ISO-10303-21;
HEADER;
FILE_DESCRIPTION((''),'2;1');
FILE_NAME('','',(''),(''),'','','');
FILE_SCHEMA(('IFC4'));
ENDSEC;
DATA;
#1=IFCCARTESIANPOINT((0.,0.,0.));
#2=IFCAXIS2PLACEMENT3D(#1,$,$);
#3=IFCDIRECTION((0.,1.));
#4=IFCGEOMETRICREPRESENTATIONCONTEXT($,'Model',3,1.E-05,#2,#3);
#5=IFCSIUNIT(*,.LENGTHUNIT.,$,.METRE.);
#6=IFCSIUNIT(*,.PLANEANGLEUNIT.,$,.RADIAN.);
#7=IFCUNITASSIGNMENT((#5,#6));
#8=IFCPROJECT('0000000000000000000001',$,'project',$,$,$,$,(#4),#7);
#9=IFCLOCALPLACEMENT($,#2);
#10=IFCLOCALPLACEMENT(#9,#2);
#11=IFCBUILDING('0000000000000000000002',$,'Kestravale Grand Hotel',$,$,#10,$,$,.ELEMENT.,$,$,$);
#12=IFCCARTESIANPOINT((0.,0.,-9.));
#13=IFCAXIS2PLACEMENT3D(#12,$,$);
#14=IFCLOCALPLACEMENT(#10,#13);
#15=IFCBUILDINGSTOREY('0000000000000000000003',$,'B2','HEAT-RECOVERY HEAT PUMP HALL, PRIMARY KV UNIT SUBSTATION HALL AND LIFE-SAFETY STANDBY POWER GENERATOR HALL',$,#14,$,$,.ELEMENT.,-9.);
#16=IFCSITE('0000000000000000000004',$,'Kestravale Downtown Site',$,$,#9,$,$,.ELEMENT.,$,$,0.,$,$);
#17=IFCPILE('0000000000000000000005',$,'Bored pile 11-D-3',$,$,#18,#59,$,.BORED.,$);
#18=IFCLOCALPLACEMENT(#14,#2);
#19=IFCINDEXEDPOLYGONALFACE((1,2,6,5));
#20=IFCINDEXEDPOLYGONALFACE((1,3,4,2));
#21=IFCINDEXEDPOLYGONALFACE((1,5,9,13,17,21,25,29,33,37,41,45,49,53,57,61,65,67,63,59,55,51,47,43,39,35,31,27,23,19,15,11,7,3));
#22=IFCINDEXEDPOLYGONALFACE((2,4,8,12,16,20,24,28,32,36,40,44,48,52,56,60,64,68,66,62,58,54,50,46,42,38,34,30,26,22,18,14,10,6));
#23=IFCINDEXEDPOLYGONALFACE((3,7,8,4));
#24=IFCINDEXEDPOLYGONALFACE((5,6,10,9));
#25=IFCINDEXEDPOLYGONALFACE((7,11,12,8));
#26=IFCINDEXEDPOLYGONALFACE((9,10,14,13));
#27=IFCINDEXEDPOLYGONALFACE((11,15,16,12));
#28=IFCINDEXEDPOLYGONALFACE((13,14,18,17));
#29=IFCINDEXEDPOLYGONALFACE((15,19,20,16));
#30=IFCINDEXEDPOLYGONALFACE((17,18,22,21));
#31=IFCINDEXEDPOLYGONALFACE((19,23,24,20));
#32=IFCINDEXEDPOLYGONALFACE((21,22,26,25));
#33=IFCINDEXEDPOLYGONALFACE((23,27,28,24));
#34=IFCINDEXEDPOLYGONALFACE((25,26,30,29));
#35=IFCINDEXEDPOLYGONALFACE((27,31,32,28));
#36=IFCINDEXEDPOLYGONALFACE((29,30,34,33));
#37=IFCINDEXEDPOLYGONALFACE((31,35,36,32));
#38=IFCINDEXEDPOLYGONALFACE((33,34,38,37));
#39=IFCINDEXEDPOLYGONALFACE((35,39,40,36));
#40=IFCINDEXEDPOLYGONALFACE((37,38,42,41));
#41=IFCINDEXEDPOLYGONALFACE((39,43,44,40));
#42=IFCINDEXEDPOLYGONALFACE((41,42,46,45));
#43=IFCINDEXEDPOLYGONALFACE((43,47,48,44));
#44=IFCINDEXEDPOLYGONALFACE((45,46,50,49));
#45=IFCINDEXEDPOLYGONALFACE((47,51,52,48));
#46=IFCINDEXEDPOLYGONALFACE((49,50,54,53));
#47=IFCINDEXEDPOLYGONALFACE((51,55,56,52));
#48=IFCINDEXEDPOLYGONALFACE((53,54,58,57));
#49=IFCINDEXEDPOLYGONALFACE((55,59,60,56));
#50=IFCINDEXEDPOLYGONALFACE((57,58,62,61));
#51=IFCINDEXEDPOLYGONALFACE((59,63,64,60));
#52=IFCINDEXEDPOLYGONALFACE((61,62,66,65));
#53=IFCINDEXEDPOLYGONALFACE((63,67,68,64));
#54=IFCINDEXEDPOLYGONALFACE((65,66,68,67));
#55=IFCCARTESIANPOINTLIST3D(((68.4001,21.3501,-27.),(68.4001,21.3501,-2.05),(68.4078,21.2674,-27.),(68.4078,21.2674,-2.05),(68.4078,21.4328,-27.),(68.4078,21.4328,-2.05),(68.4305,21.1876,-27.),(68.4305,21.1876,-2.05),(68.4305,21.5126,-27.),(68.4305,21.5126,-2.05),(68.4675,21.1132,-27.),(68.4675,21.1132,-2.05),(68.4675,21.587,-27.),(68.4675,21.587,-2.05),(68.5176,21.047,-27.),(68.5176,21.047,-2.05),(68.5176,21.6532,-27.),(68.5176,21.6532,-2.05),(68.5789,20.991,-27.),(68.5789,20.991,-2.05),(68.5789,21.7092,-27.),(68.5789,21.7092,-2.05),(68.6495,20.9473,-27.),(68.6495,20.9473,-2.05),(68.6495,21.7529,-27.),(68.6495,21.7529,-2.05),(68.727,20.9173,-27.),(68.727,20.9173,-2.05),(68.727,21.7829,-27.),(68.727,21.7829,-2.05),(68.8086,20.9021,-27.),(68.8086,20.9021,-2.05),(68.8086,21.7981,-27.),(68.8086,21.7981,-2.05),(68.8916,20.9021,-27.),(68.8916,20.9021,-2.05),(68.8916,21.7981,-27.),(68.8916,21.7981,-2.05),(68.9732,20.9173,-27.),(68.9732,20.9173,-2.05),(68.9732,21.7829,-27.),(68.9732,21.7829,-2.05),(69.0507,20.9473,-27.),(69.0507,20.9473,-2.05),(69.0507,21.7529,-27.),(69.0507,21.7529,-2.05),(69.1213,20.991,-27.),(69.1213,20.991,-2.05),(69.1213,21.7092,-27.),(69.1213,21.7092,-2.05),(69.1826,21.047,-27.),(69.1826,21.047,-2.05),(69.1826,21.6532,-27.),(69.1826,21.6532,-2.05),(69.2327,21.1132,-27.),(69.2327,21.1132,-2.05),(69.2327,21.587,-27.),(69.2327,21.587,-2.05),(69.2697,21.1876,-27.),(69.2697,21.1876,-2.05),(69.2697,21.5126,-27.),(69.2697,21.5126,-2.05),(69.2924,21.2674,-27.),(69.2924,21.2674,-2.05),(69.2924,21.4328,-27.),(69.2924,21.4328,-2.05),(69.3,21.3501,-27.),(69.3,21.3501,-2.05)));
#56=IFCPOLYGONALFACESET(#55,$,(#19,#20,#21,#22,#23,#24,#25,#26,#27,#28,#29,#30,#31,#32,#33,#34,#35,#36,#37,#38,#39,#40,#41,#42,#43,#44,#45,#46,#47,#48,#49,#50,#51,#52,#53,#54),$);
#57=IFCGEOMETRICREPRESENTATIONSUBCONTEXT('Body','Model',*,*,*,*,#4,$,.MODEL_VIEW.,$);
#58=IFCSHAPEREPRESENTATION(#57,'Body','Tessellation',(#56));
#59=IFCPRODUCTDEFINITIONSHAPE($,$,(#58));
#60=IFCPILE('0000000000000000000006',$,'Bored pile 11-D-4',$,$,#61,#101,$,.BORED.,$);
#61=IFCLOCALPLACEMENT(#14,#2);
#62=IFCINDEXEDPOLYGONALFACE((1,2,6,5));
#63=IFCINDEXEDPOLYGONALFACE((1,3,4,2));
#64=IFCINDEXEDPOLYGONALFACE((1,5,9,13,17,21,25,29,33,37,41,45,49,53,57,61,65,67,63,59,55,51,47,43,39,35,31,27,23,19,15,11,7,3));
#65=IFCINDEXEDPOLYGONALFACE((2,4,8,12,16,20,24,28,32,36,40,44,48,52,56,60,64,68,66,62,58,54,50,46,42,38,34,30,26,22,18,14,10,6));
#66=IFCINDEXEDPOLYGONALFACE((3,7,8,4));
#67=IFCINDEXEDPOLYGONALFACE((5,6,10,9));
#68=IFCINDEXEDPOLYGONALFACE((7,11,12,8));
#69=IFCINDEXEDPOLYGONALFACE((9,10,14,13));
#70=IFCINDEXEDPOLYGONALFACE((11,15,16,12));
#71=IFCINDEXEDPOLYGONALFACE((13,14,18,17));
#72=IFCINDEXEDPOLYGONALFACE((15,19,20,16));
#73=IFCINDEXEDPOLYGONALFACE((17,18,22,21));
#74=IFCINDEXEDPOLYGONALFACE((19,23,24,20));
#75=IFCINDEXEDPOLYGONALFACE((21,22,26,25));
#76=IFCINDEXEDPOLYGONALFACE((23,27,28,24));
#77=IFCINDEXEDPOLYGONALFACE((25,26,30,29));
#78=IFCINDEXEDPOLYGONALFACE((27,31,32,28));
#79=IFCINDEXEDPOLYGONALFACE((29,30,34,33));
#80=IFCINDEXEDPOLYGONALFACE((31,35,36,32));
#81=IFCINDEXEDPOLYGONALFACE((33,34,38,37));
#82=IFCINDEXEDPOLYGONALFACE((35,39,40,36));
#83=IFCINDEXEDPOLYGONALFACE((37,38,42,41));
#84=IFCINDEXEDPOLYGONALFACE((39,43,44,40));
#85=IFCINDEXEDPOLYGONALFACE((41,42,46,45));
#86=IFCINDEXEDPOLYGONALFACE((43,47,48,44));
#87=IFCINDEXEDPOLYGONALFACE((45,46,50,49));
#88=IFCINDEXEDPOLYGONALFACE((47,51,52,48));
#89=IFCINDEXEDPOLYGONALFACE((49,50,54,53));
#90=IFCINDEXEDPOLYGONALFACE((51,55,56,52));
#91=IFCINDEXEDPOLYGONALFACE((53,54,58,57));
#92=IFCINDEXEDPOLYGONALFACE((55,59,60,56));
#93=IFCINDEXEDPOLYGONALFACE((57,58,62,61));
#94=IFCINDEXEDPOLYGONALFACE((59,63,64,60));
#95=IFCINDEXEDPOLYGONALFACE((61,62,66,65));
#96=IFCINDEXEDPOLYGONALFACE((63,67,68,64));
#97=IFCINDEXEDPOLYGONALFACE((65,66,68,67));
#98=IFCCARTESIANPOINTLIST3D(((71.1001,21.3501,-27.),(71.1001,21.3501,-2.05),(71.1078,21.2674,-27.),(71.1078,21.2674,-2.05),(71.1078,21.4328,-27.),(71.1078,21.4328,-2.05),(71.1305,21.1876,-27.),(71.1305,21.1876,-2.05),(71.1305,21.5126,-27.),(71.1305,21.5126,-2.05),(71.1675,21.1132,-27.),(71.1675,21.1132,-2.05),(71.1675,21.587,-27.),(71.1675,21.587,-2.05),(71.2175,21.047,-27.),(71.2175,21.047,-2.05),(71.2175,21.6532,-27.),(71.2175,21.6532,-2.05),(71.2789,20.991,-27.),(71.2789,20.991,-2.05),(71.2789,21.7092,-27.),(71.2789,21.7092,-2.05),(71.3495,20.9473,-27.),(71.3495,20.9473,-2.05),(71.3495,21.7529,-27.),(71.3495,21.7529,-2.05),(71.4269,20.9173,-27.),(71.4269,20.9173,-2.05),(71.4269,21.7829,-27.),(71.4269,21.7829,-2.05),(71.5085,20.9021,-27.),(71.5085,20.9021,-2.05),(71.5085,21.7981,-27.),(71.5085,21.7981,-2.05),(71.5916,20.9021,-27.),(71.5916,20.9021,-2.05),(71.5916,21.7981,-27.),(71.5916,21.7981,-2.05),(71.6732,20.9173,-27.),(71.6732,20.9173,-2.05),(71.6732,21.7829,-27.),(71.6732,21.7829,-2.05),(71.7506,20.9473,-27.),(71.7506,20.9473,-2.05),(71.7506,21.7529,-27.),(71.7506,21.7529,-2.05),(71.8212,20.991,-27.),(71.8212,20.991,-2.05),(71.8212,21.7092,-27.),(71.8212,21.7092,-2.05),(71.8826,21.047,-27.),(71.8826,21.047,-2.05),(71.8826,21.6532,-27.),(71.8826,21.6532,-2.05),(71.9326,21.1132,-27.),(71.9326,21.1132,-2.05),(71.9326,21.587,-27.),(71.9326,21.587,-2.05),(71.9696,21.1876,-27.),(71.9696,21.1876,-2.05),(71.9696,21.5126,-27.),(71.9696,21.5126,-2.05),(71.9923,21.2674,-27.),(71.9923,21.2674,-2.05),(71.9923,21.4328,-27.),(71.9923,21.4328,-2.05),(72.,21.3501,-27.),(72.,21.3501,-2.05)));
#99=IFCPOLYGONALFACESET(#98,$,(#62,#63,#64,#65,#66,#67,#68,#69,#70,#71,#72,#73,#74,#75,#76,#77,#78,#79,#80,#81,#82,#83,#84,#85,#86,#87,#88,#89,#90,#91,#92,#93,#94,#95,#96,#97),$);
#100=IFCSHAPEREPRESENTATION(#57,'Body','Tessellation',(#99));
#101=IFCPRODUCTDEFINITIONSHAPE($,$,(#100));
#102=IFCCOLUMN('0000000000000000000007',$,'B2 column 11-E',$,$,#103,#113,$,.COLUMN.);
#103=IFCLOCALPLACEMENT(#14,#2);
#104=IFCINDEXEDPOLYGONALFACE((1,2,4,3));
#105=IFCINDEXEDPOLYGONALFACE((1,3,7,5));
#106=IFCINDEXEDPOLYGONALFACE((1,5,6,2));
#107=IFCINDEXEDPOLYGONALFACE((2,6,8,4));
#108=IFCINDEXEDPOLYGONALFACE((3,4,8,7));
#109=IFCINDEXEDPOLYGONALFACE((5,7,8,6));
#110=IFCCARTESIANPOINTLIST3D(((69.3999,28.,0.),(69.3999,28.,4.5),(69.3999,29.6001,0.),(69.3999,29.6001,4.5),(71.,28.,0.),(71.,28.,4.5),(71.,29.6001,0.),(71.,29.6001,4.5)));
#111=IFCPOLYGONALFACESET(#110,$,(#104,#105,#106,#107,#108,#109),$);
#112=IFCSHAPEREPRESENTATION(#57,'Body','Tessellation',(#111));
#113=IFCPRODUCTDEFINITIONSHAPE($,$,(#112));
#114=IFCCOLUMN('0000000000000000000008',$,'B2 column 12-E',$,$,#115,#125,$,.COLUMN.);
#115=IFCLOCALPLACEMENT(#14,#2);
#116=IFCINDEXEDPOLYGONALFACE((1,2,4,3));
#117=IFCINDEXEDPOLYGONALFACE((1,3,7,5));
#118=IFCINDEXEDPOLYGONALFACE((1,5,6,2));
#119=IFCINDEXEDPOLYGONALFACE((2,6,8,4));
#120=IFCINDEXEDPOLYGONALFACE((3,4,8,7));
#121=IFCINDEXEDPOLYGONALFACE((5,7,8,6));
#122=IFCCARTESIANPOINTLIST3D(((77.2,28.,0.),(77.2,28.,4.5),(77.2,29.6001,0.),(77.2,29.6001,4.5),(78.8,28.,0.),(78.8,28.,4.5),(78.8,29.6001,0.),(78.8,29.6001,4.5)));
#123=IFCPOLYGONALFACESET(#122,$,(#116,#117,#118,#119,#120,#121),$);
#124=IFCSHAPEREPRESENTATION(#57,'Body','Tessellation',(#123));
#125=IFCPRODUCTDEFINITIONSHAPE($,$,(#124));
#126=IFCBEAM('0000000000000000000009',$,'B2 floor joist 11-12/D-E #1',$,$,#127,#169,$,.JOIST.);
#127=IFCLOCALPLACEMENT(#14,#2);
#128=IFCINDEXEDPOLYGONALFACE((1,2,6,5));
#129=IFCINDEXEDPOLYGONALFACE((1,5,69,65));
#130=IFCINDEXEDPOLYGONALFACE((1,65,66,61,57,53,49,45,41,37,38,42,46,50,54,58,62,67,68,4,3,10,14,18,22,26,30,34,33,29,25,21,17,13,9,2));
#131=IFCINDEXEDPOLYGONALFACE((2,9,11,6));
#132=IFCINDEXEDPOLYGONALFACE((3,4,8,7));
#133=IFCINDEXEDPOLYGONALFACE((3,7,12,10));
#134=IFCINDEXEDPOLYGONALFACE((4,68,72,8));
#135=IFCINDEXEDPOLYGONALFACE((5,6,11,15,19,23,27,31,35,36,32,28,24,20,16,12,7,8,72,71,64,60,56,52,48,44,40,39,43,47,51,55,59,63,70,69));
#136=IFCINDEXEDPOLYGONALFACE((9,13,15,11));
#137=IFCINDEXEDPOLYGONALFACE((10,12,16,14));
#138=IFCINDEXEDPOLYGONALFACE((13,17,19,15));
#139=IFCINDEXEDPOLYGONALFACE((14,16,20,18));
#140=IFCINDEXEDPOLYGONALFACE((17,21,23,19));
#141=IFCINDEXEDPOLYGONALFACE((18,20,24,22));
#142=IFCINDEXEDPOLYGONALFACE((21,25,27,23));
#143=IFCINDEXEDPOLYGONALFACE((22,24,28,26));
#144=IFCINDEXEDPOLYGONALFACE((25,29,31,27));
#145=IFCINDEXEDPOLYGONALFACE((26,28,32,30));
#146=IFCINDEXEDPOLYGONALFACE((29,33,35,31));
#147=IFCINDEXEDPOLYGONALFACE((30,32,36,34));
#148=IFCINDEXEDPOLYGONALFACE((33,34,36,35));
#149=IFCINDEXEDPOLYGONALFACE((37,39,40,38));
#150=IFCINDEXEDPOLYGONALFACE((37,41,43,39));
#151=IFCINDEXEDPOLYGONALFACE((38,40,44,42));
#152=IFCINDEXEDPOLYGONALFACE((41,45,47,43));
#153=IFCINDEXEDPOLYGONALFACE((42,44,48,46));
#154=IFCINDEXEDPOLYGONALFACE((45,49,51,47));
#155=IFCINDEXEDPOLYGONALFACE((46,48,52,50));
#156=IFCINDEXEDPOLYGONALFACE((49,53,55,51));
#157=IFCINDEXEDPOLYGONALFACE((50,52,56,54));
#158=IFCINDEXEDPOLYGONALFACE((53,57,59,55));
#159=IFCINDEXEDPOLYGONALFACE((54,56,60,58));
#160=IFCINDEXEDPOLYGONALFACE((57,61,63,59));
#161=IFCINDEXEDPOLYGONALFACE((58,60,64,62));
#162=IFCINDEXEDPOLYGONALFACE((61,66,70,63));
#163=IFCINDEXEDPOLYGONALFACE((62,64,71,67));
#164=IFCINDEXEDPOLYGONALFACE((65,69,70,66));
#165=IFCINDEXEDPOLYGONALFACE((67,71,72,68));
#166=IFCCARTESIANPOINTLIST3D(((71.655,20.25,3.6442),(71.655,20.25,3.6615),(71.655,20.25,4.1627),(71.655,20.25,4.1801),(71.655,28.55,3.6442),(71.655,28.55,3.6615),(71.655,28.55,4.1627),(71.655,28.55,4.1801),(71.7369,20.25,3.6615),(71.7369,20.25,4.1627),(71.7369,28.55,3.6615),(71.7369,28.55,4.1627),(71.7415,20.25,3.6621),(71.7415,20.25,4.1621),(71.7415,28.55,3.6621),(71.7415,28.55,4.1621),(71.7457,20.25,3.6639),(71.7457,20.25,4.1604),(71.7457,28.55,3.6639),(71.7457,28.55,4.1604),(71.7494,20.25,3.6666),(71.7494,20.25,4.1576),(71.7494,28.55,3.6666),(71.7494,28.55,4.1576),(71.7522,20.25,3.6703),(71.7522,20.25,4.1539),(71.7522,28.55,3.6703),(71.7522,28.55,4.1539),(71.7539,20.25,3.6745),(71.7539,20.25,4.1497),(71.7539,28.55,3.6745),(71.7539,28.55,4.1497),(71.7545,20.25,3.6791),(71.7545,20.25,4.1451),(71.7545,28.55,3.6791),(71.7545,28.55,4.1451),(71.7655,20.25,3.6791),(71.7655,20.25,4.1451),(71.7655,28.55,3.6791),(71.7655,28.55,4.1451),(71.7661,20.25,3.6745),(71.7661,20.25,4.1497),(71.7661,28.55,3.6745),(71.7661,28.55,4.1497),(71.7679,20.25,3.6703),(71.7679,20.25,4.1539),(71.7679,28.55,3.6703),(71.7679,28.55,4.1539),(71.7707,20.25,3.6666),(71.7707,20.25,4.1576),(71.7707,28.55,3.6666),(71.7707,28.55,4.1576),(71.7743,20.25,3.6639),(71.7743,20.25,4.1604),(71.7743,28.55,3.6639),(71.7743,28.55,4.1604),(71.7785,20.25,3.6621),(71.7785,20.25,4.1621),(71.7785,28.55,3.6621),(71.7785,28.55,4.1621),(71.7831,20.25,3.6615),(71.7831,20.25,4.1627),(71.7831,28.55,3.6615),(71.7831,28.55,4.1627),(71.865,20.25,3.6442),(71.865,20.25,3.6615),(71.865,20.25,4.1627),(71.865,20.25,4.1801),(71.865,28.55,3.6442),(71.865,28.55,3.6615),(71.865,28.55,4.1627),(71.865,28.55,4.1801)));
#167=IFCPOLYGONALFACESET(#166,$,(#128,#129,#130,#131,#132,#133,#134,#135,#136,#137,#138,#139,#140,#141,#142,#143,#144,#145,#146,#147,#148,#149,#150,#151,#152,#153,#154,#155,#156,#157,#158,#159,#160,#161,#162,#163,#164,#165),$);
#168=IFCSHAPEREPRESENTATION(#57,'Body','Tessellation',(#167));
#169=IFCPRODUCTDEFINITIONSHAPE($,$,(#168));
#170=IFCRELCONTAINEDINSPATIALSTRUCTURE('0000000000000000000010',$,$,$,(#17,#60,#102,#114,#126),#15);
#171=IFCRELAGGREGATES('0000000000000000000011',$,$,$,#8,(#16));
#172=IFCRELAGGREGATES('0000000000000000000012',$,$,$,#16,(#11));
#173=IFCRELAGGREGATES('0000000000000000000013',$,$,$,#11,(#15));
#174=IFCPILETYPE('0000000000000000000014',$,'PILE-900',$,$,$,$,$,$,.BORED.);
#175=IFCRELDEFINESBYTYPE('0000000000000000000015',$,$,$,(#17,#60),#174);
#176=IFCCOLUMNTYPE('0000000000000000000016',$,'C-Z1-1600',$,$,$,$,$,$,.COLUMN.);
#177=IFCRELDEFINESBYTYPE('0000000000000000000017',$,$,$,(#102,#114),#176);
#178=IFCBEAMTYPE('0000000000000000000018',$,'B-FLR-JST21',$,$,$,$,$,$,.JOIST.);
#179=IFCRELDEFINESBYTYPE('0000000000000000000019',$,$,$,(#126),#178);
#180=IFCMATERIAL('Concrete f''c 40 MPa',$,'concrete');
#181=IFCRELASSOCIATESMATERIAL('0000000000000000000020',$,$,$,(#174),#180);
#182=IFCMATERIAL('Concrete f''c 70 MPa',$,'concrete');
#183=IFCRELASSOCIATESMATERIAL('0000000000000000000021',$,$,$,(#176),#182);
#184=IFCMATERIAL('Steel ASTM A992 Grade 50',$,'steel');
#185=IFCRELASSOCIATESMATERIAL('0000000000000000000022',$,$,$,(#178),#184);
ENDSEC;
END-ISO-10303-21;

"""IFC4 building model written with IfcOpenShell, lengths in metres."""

from ifc_helpers import new_model, si_unit, direction, frame, origin, origin_2d, place, context, subcontext, project, spatial, rectangle, circle, i_section, extrude, material, material_profile, profile_set, type_object, element, save


model = new_model("IFC4")

# Units and contexts
model_context = context("Model", 3, precision=1e-05, world=origin(), true_north=direction((0.0, 1.0)))
body_context = subcontext(model_context, "Body", "Model", "MODEL_VIEW")
ifc_project = project(units=[si_unit("LENGTHUNIT", "METRE"), si_unit("PLANEANGLEUNIT", "RADIAN")], contexts=[model_context])

# Site, building, storey
site_placement = place(None, origin())
site = spatial("IfcSite", under=ifc_project, at=site_placement, Name="Kestravale Downtown Site", CompositionType="ELEMENT", RefElevation=0.0)
building_placement = place(site_placement, origin())
building = spatial("IfcBuilding", under=site, at=building_placement, Name="Kestravale Grand Hotel", CompositionType="ELEMENT")
storey_placement = place(building_placement, frame((0.0, 0.0, -9.0)))
storey = spatial("IfcBuildingStorey", under=building, at=storey_placement, Name="B2", Description="HEAT-RECOVERY HEAT PUMP HALL, PRIMARY KV UNIT SUBSTATION HALL AND LIFE-SAFETY STANDBY POWER GENERATOR HALL", CompositionType="ELEMENT", Elevation=-9.0)

# Piles
ifc_material_1 = material(Name="Concrete f'c 40 MPa", Category="concrete")
ifc_material_profile_1 = material_profile(ifc_material_1, circle(Radius=0.45, at=origin_2d()))
ifc_profile_set_1 = profile_set([ifc_material_profile_1], Name="Concrete f'c 40 MPa")
pile_type_1 = type_object("IfcPileType", Name="PILE-900", PredefinedType="BORED", material=ifc_profile_set_1)
for number, where, z_axis, x_axis, name in (
    (1, (68.8501, 21.3501, -2.05), (0.0, 0.0, -1.0), (1.0, 0.0, 0.0), "Bored pile 11-D-3"),
    (2, (71.55, 21.3501, -2.05), (0.0, 0.0, -1.0), (1.0, 0.0, 0.0), "Bored pile 11-D-4"),
):
    element("IfcPile", number, at=place(storey_placement, frame(where, z_axis=z_axis, x_axis=x_axis)), inside=storey, type_object=pile_type_1, Name=name, PredefinedType="BORED", context=body_context, shape_type="SweptSolid", body=[
        extrude(circle(Radius=0.45, at=origin_2d()), origin(), (0.0, 0.0, 1.0), 24.95),
    ])

# Columns
ifc_material_2 = material(Name="Concrete f'c 70 MPa", Category="concrete")
ifc_material_profile_2 = material_profile(ifc_material_2, rectangle(XDim=1.6001, YDim=1.6001, at=origin_2d()))
ifc_profile_set_2 = profile_set([ifc_material_profile_2], Name="Concrete f'c 70 MPa")
column_type = type_object("IfcColumnType", Name="C-Z1-1600", PredefinedType="COLUMN", material=ifc_profile_set_2)
for number, where, z_axis, x_axis, name in (
    (3, (70.2, 28.8, 0.0), (0.0, 0.0, 1.0), (1.0, 0.0, 0.0), "B2 column 11-E"),
    (4, (78.0, 28.8, 0.0), (0.0, 0.0, 1.0), (1.0, 0.0, 0.0), "B2 column 12-E"),
):
    element("IfcColumn", number, at=place(storey_placement, frame(where, z_axis=z_axis, x_axis=x_axis)), inside=storey, type_object=column_type, Name=name, PredefinedType="COLUMN", context=body_context, shape_type="SweptSolid", body=[
        extrude(rectangle(XDim=1.6001, YDim=1.6001, at=origin_2d()), origin(), (0.0, 0.0, 1.0), 4.5),
    ])

# Beam
ifc_material_3 = material(Name="Steel ASTM A992 Grade 50", Category="steel")
ifc_material_profile_3 = material_profile(ifc_material_3, i_section(OverallWidth=0.21, OverallDepth=0.5359, WebThickness=0.011, FlangeThickness=0.0173, FilletRadius=0.0176, at=origin_2d()))
ifc_profile_set_3 = profile_set([ifc_material_profile_3], Name="Steel ASTM A992 Grade 50")
beam_type_1 = type_object("IfcBeamType", Name="B-FLR-JST21", PredefinedType="JOIST", material=ifc_profile_set_3)
for number, where, z_axis, x_axis, name in (
    (5, (71.76, 20.25, 3.9121), (0.0, 1.0, 0.0), (-1.0, 0.0, 0.0), "B2 floor joist 11-12/D-E #1"),
):
    element("IfcBeam", number, at=place(storey_placement, frame(where, z_axis=z_axis, x_axis=x_axis)), inside=storey, type_object=beam_type_1, Name=name, PredefinedType="JOIST", context=body_context, shape_type="SweptSolid", body=[
        extrude(i_section(OverallWidth=0.21, OverallDepth=0.5359, WebThickness=0.011, FlangeThickness=0.0173, FilletRadius=0.0176, at=origin_2d()), origin(), (0.0, 0.0, 1.0), 8.3),
    ])

save(model, "model.ifc")
